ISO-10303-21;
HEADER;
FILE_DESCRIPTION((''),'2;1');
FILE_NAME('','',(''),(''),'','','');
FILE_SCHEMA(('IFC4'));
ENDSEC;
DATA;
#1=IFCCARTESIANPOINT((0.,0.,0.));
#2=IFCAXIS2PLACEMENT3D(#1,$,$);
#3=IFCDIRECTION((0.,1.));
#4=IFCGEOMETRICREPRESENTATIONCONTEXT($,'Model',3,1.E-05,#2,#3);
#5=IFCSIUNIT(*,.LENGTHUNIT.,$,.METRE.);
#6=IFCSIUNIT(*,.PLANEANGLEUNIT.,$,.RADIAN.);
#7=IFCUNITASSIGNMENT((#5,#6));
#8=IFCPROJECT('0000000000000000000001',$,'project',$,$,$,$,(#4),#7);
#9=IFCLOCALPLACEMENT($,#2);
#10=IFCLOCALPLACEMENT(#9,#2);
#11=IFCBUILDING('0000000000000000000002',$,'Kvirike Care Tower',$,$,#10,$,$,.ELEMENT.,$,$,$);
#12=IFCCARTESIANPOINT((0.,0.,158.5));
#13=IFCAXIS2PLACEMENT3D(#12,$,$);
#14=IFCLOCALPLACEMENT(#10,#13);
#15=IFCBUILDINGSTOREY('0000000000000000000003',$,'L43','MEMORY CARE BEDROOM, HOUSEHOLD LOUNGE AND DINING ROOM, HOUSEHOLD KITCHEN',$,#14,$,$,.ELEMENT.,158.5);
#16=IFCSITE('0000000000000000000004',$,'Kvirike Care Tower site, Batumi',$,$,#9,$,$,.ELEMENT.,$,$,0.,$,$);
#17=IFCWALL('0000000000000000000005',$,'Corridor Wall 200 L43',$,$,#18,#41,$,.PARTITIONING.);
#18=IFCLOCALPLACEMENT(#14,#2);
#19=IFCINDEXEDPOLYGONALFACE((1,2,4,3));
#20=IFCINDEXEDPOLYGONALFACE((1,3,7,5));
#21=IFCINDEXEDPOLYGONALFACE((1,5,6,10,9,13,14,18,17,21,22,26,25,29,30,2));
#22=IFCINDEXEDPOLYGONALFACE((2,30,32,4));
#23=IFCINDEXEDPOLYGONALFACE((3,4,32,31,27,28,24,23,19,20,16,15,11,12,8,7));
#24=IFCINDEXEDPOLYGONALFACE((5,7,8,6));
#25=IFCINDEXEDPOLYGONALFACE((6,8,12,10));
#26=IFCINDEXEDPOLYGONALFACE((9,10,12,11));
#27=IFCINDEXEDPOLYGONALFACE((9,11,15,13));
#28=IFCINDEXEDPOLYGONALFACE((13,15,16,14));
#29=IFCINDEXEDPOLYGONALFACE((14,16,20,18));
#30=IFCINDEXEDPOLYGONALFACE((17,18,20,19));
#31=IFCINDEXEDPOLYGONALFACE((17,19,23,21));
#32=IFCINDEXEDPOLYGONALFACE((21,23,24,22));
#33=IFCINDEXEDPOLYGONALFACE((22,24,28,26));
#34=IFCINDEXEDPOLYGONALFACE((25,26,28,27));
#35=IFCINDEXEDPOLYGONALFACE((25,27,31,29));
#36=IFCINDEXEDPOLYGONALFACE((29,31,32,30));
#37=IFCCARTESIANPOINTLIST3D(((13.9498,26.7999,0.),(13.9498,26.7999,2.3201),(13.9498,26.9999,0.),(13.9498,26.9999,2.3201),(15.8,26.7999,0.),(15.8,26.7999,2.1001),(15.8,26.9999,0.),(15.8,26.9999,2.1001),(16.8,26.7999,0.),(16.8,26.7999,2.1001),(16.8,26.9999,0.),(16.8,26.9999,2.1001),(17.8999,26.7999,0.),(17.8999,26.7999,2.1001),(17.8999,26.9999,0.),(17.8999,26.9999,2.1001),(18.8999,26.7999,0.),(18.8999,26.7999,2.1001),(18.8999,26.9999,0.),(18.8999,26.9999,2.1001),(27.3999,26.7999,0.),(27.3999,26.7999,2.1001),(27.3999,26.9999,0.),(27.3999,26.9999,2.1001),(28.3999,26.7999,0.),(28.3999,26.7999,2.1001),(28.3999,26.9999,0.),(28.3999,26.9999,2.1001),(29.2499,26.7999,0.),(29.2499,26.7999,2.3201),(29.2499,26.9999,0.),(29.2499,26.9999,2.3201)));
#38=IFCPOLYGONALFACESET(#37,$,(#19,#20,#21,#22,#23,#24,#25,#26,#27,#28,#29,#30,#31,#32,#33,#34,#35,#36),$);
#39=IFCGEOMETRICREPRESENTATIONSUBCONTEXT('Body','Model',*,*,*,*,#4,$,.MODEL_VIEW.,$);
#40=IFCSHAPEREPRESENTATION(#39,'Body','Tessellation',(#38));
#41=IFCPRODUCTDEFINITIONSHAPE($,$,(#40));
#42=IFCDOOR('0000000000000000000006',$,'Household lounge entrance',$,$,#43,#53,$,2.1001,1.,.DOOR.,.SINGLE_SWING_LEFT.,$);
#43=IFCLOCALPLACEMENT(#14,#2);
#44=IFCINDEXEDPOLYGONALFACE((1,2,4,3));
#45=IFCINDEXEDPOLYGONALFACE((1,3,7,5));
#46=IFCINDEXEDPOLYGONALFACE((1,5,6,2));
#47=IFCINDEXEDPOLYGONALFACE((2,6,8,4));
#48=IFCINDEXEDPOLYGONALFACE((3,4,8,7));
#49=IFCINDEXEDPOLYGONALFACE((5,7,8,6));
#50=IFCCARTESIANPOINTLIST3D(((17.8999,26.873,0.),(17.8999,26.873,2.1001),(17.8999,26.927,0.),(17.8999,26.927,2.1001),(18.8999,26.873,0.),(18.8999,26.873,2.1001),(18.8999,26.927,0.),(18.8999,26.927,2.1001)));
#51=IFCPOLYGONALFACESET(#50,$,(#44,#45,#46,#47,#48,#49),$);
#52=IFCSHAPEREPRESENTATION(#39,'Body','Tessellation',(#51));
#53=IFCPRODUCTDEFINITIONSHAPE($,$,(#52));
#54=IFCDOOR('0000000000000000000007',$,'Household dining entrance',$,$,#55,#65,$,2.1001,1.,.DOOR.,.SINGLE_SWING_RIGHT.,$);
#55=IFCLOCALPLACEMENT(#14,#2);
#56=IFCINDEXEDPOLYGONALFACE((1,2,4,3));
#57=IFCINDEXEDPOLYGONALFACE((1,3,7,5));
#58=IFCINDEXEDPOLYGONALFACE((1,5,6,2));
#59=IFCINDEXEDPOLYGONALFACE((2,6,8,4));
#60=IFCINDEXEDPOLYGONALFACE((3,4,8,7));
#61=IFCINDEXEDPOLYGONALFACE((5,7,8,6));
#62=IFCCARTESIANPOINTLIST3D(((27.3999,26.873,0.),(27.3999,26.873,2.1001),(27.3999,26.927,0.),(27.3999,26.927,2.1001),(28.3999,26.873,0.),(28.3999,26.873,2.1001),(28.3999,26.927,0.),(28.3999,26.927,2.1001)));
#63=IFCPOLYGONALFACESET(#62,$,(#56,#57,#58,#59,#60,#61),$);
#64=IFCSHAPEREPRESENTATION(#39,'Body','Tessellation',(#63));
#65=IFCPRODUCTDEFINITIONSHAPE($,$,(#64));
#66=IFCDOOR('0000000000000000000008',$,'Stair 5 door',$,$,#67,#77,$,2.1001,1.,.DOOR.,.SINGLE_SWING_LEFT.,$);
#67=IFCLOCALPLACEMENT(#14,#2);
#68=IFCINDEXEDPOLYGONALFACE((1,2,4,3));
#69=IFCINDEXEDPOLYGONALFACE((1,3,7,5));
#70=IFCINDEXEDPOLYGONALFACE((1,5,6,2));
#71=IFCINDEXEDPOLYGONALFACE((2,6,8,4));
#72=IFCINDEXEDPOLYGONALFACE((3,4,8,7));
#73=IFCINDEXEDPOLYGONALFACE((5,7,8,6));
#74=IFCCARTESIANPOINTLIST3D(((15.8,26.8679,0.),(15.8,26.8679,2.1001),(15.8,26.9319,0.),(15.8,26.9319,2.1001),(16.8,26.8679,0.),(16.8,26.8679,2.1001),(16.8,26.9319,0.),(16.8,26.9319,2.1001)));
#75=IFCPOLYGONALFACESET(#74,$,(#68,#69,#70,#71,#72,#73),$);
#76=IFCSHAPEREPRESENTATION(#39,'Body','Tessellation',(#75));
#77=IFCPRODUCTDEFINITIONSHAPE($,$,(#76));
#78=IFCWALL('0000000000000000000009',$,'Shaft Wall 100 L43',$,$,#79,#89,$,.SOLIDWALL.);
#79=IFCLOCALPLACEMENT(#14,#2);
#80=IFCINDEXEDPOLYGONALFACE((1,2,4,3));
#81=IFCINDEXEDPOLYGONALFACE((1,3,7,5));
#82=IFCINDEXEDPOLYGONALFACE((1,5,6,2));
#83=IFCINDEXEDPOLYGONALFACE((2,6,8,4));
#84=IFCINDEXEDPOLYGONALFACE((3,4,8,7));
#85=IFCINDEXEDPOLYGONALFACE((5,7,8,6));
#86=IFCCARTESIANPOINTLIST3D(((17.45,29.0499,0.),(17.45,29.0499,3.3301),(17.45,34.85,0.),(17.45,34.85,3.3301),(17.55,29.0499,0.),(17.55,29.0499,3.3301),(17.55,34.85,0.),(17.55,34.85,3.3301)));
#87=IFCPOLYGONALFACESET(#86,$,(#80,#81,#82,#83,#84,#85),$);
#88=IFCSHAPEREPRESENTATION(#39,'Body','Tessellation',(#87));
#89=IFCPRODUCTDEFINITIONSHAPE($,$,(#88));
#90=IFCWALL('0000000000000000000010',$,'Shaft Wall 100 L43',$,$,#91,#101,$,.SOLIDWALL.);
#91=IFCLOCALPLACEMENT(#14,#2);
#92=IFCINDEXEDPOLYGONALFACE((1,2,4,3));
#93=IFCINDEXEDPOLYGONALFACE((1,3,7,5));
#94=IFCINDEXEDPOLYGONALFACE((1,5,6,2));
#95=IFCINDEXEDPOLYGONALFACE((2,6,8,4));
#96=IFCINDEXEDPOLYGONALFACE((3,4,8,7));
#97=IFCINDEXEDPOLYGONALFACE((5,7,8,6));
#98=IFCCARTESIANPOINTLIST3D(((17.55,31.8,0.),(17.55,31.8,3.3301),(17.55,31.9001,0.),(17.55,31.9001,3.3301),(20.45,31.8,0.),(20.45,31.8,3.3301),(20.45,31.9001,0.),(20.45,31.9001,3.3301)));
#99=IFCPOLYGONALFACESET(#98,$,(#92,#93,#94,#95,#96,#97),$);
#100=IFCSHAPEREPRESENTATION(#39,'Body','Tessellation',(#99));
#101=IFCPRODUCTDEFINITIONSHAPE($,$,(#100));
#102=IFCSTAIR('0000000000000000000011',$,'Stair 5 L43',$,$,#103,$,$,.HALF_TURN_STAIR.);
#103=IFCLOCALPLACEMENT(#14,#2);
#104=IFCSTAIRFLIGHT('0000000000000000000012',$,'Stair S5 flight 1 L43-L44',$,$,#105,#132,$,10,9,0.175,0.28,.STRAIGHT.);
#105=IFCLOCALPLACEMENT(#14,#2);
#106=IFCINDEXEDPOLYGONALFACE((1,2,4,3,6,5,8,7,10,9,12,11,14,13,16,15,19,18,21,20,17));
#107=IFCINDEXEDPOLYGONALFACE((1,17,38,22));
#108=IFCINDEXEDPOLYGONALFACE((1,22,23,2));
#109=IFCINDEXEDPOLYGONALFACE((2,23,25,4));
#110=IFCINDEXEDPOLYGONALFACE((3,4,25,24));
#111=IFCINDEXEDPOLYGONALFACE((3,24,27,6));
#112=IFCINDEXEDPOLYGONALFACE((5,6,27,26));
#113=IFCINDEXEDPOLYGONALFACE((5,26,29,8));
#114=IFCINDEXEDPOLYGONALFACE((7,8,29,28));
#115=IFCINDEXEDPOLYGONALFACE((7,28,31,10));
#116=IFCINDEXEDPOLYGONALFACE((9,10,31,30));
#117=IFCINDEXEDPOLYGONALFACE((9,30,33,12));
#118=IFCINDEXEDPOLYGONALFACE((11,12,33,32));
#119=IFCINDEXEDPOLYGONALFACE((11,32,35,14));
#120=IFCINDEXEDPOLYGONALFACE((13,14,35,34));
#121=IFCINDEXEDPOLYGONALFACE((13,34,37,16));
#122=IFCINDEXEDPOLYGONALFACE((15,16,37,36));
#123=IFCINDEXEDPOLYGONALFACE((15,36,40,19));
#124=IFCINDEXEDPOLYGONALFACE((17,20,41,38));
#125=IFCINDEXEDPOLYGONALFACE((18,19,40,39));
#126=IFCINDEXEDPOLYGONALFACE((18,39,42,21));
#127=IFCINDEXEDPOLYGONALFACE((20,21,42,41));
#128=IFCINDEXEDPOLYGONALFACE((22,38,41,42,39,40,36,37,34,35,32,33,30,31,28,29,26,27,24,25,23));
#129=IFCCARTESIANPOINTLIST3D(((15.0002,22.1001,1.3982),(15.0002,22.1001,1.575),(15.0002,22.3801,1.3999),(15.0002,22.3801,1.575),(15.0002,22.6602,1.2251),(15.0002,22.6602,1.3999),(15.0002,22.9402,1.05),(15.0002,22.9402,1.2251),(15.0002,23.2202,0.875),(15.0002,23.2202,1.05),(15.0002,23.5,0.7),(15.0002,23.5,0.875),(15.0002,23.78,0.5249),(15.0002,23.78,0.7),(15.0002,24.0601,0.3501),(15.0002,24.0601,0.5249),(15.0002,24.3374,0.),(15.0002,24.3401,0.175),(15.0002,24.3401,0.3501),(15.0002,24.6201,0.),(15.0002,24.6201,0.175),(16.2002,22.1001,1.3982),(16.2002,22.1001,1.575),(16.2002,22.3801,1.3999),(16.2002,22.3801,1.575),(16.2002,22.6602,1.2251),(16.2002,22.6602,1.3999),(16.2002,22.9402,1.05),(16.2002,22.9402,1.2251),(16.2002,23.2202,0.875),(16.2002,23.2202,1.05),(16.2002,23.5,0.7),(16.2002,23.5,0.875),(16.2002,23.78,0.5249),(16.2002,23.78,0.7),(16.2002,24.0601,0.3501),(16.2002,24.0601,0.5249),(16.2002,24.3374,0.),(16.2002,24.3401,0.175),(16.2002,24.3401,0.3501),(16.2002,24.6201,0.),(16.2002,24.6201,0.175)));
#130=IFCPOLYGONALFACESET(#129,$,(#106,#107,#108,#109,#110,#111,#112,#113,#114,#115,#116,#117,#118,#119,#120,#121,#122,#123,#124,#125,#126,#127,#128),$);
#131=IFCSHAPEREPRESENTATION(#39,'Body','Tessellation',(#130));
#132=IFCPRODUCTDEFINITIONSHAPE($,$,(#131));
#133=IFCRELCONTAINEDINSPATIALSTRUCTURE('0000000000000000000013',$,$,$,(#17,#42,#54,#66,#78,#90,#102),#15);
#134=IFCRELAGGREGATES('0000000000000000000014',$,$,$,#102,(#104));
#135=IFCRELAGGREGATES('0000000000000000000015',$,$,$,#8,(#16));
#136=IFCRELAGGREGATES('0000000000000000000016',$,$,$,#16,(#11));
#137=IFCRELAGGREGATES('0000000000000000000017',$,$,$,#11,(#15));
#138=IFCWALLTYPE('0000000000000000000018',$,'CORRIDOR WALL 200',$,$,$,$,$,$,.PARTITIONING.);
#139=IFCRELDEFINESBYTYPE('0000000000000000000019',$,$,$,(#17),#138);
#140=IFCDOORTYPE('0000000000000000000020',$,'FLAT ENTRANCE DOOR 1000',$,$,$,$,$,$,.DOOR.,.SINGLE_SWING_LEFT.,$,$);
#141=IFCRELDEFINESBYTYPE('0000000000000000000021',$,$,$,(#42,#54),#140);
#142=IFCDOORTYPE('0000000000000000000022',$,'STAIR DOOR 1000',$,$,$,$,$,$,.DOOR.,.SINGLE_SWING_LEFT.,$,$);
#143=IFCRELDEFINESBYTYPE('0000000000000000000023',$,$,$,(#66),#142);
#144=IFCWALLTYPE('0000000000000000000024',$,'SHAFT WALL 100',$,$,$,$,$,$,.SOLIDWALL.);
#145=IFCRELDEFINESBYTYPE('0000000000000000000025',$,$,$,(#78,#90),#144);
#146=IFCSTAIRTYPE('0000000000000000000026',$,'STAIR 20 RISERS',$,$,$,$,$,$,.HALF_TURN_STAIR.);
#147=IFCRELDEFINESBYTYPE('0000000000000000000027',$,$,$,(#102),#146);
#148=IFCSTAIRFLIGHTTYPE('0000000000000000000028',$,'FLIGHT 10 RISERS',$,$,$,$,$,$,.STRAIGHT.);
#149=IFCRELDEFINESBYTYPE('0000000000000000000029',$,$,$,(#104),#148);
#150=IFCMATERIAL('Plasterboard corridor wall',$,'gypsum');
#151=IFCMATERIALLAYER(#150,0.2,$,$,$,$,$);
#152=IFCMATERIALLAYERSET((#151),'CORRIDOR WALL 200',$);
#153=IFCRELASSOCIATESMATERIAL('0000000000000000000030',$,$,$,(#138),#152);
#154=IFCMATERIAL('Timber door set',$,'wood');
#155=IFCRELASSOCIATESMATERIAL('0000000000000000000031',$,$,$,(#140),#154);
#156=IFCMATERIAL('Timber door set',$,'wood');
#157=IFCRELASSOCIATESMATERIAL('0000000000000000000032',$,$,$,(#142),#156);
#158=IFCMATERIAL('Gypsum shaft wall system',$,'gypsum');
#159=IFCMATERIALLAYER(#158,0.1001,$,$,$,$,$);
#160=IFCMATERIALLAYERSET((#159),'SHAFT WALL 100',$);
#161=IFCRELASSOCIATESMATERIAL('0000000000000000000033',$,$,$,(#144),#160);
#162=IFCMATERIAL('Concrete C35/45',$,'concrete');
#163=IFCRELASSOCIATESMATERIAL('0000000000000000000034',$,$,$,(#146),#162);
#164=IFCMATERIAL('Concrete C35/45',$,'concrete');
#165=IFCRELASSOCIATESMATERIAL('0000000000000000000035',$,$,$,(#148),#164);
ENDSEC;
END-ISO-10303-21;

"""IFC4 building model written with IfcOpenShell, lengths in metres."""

from ifc_helpers import new_model, si_unit, direction, frame, frame_2d, origin, place, context, subcontext, project, spatial, polyline, rectangle, outline, extrude, material, layer, layer_set, type_object, element, fill, aggregate, save


model = new_model("IFC4")

# Units and contexts
model_context = context("Model", 3, precision=1e-05, world=origin(), true_north=direction((0.0, 1.0)))
body_context = subcontext(model_context, "Body", "Model", "MODEL_VIEW")
ifc_project = project(units=[si_unit("LENGTHUNIT", "METRE"), si_unit("PLANEANGLEUNIT", "RADIAN")], contexts=[model_context])

# Site, building, storey
site_placement = place(None, origin())
site = spatial("IfcSite", under=ifc_project, at=site_placement, Name="Kvirike Care Tower site, Batumi", CompositionType="ELEMENT", RefElevation=0.0)
building_placement = place(site_placement, origin())
building = spatial("IfcBuilding", under=site, at=building_placement, Name="Kvirike Care Tower", CompositionType="ELEMENT")
storey_placement = place(building_placement, frame((0.0, 0.0, 158.5)))
storey = spatial("IfcBuildingStorey", under=building, at=storey_placement, Name="L43", Description="MEMORY CARE BEDROOM, HOUSEHOLD LOUNGE AND DINING ROOM, HOUSEHOLD KITCHEN", CompositionType="ELEMENT", Elevation=158.5)

# Wall, openings, doors
ifc_material_1 = material(Name="Plasterboard corridor wall", Category="gypsum")
ifc_layer_1 = layer(ifc_material_1, 0.2)
ifc_layer_set_1 = layer_set([ifc_layer_1], Name="CORRIDOR WALL 200")
wall_type_1 = type_object("IfcWallType", Name="CORRIDOR WALL 200", PredefinedType="PARTITIONING", material=ifc_layer_set_1)
wall_1_placement = place(storey_placement, frame((13.95, 26.8999, 0.0), z_axis=(0.0, 0.0, 1.0), x_axis=(1.0, 0.0, 0.0)))
wall_1 = element("IfcWall", 1, at=wall_1_placement, inside=storey, type_object=wall_type_1, Name="Corridor Wall 200 L43", PredefinedType="PARTITIONING", context=body_context, shape_type="SweptSolid", body=[
    extrude(rectangle(XDim=15.3, YDim=0.2, at=frame_2d((7.6499, 0.0))), origin(), (0.0, 0.0, 1.0), 2.3201),
])
opening_1_placement = place(wall_1_placement, frame((1.8501, 0.0, 0.0)))
opening_1 = element("IfcOpeningElement", 2, at=opening_1_placement, cuts=wall_1, PredefinedType="OPENING", context=body_context, shape_type="SweptSolid", body=[
    extrude(rectangle(XDim=1.0, YDim=2.1001, at=frame_2d((0.5, 1.05))), frame((0.0, 0.1106, 0.0), z_axis=(0.0, -1.0, 0.0), x_axis=(1.0, 0.0, 0.0)), (0.0, 0.0, 1.0), 0.2209),
])
opening_2_placement = place(wall_1_placement, frame((3.95, 0.0, 0.0)))
opening_2 = element("IfcOpeningElement", 3, at=opening_2_placement, cuts=wall_1, PredefinedType="OPENING", context=body_context, shape_type="SweptSolid", body=[
    extrude(rectangle(XDim=1.0, YDim=2.1001, at=frame_2d((0.5, 1.05))), frame((0.0, 0.1106, 0.0), z_axis=(0.0, -1.0, 0.0), x_axis=(1.0, 0.0, 0.0)), (0.0, 0.0, 1.0), 0.2209),
])
opening_3_placement = place(wall_1_placement, frame((13.45, 0.0, 0.0)))
opening_3 = element("IfcOpeningElement", 4, at=opening_3_placement, cuts=wall_1, PredefinedType="OPENING", context=body_context, shape_type="SweptSolid", body=[
    extrude(rectangle(XDim=1.0, YDim=2.1001, at=frame_2d((0.5, 1.05))), frame((0.0, 0.1106, 0.0), z_axis=(0.0, -1.0, 0.0), x_axis=(1.0, 0.0, 0.0)), (0.0, 0.0, 1.0), 0.2209),
])
ifc_material_2 = material(Name="Timber door set", Category="wood")
door_type_1 = type_object("IfcDoorType", Name="FLAT ENTRANCE DOOR 1000", OperationType="SINGLE_SWING_LEFT", PredefinedType="DOOR", material=ifc_material_2)
door_1_placement = place(opening_2_placement, frame((1.0, 0.0, 0.0), z_axis=(0.0, 0.0, 1.0), x_axis=(-1.0, 0.0, 0.0)))
door_1 = element("IfcDoor", 5, at=door_1_placement, inside=storey, type_object=door_type_1, Name="Household lounge entrance", OperationType="SINGLE_SWING_LEFT", OverallHeight=2.1001, OverallWidth=1.0, PredefinedType="DOOR", context=body_context, shape_type="SweptSolid", body=[
    extrude(rectangle(XDim=1.0, YDim=2.1001, at=frame_2d((0.5, 1.05))), frame((0.0, 0.0269, 0.0), z_axis=(0.0, -1.0, 0.0), x_axis=(1.0, 0.0, 0.0)), (0.0, 0.0, 1.0), 0.054),
])
fill(opening_2, door_1)
door_2_placement = place(opening_3_placement, frame((1.0, 0.0, 0.0), z_axis=(0.0, 0.0, 1.0), x_axis=(-1.0, 0.0, 0.0)))
door_2 = element("IfcDoor", 6, at=door_2_placement, inside=storey, type_object=door_type_1, Name="Household dining entrance", OperationType="SINGLE_SWING_RIGHT", OverallHeight=2.1001, OverallWidth=1.0, PredefinedType="DOOR", context=body_context, shape_type="SweptSolid", body=[
    extrude(rectangle(XDim=1.0, YDim=2.1001, at=frame_2d((0.5, 1.05))), frame((0.0, 0.0269, 0.0), z_axis=(0.0, -1.0, 0.0), x_axis=(1.0, 0.0, 0.0)), (0.0, 0.0, 1.0), 0.054),
])
fill(opening_3, door_2)
ifc_material_3 = material(Name="Timber door set", Category="wood")
door_type_2 = type_object("IfcDoorType", Name="STAIR DOOR 1000", OperationType="SINGLE_SWING_LEFT", PredefinedType="DOOR", material=ifc_material_3)
door_3_placement = place(opening_1_placement, frame((1.0, 0.0, 0.0), z_axis=(0.0, 0.0, 1.0), x_axis=(-1.0, 0.0, 0.0)))
door_3 = element("IfcDoor", 7, at=door_3_placement, inside=storey, type_object=door_type_2, Name="Stair 5 door", OperationType="SINGLE_SWING_LEFT", OverallHeight=2.1001, OverallWidth=1.0, PredefinedType="DOOR", context=body_context, shape_type="SweptSolid", body=[
    extrude(rectangle(XDim=1.0, YDim=2.1001, at=frame_2d((0.5, 1.05))), frame((0.0, 0.032, 0.0), z_axis=(0.0, -1.0, 0.0), x_axis=(1.0, 0.0, 0.0)), (0.0, 0.0, 1.0), 0.064),
])
fill(opening_1, door_3)

# Walls
ifc_material_4 = material(Name="Gypsum shaft wall system", Category="gypsum")
ifc_layer_2 = layer(ifc_material_4, 0.1001)
ifc_layer_set_2 = layer_set([ifc_layer_2], Name="SHAFT WALL 100")
wall_type_2 = type_object("IfcWallType", Name="SHAFT WALL 100", PredefinedType="SOLIDWALL", material=ifc_layer_set_2)
wall_2_placement = place(storey_placement, frame((17.5, 29.05, 0.0), z_axis=(0.0, 0.0, 1.0), x_axis=(0.0, 1.0, 0.0)))
element("IfcWall", 8, at=wall_2_placement, inside=storey, type_object=wall_type_2, Name="Shaft Wall 100 L43", PredefinedType="SOLIDWALL", context=body_context, shape_type="SweptSolid", body=[
    extrude(rectangle(XDim=5.8, YDim=0.1001, at=frame_2d((2.8999, 0.0))), origin(), (0.0, 0.0, 1.0), 3.3301),
])
wall_3_placement = place(storey_placement, frame((17.55, 31.8501, 0.0), z_axis=(0.0, 0.0, 1.0), x_axis=(1.0, 0.0, 0.0)))
element("IfcWall", 9, at=wall_3_placement, inside=storey, type_object=wall_type_2, Name="Shaft Wall 100 L43", PredefinedType="SOLIDWALL", context=body_context, shape_type="SweptSolid", body=[
    extrude(rectangle(XDim=2.8999, YDim=0.1001, at=frame_2d((1.45, 0.0))), origin(), (0.0, 0.0, 1.0), 3.3301),
])

# Stair, stair flight
ifc_material_5 = material(Name="Concrete C35/45", Category="concrete")
stair_type = type_object("IfcStairType", Name="STAIR 20 RISERS", PredefinedType="HALF_TURN_STAIR", material=ifc_material_5)
stair_placement = place(storey_placement, origin())
stair = element("IfcStair", 10, at=stair_placement, inside=storey, type_object=stair_type, Name="Stair 5 L43", PredefinedType="HALF_TURN_STAIR")
ifc_material_6 = material(Name="Concrete C35/45", Category="concrete")
stair_flight_type = type_object("IfcStairFlightType", Name="FLIGHT 10 RISERS", PredefinedType="STRAIGHT", material=ifc_material_6)
stair_flight_placement = place(storey_placement, frame((15.6001, 24.6201, 0.0), z_axis=(0.0, 0.0, 1.0), x_axis=(0.0, -1.0, 0.0)))
stair_flight = element("IfcStairFlight", 11, at=stair_flight_placement, type_object=stair_flight_type, Name="Stair S5 flight 1 L43-L44", NumberOfRisers=10, NumberOfTreads=9, PredefinedType="STRAIGHT", RiserHeight=0.175, TreadLength=0.28, context=body_context, shape_type="SweptSolid", body=[
    extrude(outline(polyline([(0.0, 0.0), (0.0, 0.175), (0.28, 0.175), (0.28, 0.3501), (0.5601, 0.3501), (0.5601, 0.5249), (0.8401, 0.5249), (0.8401, 0.7), (1.1201, 0.7), (1.1201, 0.875), (1.3999, 0.875), (1.3999, 1.05), (1.6799, 1.05), (1.6799, 1.2251), (1.96, 1.2251), (1.96, 1.3999), (2.24, 1.3999), (2.24, 1.575), (2.52, 1.575), (2.52, 1.75), (2.52, 1.3982), (0.2827, 0.0), (0.0, 0.0)])), frame((0.0, 0.6001, 0.0), z_axis=(0.0, -1.0, 0.0), x_axis=(1.0, 0.0, 0.0)), (0.0, 0.0, 1.0), 1.2),
])
aggregate(stair, [stair_flight])

save(model, "model.ifc")
